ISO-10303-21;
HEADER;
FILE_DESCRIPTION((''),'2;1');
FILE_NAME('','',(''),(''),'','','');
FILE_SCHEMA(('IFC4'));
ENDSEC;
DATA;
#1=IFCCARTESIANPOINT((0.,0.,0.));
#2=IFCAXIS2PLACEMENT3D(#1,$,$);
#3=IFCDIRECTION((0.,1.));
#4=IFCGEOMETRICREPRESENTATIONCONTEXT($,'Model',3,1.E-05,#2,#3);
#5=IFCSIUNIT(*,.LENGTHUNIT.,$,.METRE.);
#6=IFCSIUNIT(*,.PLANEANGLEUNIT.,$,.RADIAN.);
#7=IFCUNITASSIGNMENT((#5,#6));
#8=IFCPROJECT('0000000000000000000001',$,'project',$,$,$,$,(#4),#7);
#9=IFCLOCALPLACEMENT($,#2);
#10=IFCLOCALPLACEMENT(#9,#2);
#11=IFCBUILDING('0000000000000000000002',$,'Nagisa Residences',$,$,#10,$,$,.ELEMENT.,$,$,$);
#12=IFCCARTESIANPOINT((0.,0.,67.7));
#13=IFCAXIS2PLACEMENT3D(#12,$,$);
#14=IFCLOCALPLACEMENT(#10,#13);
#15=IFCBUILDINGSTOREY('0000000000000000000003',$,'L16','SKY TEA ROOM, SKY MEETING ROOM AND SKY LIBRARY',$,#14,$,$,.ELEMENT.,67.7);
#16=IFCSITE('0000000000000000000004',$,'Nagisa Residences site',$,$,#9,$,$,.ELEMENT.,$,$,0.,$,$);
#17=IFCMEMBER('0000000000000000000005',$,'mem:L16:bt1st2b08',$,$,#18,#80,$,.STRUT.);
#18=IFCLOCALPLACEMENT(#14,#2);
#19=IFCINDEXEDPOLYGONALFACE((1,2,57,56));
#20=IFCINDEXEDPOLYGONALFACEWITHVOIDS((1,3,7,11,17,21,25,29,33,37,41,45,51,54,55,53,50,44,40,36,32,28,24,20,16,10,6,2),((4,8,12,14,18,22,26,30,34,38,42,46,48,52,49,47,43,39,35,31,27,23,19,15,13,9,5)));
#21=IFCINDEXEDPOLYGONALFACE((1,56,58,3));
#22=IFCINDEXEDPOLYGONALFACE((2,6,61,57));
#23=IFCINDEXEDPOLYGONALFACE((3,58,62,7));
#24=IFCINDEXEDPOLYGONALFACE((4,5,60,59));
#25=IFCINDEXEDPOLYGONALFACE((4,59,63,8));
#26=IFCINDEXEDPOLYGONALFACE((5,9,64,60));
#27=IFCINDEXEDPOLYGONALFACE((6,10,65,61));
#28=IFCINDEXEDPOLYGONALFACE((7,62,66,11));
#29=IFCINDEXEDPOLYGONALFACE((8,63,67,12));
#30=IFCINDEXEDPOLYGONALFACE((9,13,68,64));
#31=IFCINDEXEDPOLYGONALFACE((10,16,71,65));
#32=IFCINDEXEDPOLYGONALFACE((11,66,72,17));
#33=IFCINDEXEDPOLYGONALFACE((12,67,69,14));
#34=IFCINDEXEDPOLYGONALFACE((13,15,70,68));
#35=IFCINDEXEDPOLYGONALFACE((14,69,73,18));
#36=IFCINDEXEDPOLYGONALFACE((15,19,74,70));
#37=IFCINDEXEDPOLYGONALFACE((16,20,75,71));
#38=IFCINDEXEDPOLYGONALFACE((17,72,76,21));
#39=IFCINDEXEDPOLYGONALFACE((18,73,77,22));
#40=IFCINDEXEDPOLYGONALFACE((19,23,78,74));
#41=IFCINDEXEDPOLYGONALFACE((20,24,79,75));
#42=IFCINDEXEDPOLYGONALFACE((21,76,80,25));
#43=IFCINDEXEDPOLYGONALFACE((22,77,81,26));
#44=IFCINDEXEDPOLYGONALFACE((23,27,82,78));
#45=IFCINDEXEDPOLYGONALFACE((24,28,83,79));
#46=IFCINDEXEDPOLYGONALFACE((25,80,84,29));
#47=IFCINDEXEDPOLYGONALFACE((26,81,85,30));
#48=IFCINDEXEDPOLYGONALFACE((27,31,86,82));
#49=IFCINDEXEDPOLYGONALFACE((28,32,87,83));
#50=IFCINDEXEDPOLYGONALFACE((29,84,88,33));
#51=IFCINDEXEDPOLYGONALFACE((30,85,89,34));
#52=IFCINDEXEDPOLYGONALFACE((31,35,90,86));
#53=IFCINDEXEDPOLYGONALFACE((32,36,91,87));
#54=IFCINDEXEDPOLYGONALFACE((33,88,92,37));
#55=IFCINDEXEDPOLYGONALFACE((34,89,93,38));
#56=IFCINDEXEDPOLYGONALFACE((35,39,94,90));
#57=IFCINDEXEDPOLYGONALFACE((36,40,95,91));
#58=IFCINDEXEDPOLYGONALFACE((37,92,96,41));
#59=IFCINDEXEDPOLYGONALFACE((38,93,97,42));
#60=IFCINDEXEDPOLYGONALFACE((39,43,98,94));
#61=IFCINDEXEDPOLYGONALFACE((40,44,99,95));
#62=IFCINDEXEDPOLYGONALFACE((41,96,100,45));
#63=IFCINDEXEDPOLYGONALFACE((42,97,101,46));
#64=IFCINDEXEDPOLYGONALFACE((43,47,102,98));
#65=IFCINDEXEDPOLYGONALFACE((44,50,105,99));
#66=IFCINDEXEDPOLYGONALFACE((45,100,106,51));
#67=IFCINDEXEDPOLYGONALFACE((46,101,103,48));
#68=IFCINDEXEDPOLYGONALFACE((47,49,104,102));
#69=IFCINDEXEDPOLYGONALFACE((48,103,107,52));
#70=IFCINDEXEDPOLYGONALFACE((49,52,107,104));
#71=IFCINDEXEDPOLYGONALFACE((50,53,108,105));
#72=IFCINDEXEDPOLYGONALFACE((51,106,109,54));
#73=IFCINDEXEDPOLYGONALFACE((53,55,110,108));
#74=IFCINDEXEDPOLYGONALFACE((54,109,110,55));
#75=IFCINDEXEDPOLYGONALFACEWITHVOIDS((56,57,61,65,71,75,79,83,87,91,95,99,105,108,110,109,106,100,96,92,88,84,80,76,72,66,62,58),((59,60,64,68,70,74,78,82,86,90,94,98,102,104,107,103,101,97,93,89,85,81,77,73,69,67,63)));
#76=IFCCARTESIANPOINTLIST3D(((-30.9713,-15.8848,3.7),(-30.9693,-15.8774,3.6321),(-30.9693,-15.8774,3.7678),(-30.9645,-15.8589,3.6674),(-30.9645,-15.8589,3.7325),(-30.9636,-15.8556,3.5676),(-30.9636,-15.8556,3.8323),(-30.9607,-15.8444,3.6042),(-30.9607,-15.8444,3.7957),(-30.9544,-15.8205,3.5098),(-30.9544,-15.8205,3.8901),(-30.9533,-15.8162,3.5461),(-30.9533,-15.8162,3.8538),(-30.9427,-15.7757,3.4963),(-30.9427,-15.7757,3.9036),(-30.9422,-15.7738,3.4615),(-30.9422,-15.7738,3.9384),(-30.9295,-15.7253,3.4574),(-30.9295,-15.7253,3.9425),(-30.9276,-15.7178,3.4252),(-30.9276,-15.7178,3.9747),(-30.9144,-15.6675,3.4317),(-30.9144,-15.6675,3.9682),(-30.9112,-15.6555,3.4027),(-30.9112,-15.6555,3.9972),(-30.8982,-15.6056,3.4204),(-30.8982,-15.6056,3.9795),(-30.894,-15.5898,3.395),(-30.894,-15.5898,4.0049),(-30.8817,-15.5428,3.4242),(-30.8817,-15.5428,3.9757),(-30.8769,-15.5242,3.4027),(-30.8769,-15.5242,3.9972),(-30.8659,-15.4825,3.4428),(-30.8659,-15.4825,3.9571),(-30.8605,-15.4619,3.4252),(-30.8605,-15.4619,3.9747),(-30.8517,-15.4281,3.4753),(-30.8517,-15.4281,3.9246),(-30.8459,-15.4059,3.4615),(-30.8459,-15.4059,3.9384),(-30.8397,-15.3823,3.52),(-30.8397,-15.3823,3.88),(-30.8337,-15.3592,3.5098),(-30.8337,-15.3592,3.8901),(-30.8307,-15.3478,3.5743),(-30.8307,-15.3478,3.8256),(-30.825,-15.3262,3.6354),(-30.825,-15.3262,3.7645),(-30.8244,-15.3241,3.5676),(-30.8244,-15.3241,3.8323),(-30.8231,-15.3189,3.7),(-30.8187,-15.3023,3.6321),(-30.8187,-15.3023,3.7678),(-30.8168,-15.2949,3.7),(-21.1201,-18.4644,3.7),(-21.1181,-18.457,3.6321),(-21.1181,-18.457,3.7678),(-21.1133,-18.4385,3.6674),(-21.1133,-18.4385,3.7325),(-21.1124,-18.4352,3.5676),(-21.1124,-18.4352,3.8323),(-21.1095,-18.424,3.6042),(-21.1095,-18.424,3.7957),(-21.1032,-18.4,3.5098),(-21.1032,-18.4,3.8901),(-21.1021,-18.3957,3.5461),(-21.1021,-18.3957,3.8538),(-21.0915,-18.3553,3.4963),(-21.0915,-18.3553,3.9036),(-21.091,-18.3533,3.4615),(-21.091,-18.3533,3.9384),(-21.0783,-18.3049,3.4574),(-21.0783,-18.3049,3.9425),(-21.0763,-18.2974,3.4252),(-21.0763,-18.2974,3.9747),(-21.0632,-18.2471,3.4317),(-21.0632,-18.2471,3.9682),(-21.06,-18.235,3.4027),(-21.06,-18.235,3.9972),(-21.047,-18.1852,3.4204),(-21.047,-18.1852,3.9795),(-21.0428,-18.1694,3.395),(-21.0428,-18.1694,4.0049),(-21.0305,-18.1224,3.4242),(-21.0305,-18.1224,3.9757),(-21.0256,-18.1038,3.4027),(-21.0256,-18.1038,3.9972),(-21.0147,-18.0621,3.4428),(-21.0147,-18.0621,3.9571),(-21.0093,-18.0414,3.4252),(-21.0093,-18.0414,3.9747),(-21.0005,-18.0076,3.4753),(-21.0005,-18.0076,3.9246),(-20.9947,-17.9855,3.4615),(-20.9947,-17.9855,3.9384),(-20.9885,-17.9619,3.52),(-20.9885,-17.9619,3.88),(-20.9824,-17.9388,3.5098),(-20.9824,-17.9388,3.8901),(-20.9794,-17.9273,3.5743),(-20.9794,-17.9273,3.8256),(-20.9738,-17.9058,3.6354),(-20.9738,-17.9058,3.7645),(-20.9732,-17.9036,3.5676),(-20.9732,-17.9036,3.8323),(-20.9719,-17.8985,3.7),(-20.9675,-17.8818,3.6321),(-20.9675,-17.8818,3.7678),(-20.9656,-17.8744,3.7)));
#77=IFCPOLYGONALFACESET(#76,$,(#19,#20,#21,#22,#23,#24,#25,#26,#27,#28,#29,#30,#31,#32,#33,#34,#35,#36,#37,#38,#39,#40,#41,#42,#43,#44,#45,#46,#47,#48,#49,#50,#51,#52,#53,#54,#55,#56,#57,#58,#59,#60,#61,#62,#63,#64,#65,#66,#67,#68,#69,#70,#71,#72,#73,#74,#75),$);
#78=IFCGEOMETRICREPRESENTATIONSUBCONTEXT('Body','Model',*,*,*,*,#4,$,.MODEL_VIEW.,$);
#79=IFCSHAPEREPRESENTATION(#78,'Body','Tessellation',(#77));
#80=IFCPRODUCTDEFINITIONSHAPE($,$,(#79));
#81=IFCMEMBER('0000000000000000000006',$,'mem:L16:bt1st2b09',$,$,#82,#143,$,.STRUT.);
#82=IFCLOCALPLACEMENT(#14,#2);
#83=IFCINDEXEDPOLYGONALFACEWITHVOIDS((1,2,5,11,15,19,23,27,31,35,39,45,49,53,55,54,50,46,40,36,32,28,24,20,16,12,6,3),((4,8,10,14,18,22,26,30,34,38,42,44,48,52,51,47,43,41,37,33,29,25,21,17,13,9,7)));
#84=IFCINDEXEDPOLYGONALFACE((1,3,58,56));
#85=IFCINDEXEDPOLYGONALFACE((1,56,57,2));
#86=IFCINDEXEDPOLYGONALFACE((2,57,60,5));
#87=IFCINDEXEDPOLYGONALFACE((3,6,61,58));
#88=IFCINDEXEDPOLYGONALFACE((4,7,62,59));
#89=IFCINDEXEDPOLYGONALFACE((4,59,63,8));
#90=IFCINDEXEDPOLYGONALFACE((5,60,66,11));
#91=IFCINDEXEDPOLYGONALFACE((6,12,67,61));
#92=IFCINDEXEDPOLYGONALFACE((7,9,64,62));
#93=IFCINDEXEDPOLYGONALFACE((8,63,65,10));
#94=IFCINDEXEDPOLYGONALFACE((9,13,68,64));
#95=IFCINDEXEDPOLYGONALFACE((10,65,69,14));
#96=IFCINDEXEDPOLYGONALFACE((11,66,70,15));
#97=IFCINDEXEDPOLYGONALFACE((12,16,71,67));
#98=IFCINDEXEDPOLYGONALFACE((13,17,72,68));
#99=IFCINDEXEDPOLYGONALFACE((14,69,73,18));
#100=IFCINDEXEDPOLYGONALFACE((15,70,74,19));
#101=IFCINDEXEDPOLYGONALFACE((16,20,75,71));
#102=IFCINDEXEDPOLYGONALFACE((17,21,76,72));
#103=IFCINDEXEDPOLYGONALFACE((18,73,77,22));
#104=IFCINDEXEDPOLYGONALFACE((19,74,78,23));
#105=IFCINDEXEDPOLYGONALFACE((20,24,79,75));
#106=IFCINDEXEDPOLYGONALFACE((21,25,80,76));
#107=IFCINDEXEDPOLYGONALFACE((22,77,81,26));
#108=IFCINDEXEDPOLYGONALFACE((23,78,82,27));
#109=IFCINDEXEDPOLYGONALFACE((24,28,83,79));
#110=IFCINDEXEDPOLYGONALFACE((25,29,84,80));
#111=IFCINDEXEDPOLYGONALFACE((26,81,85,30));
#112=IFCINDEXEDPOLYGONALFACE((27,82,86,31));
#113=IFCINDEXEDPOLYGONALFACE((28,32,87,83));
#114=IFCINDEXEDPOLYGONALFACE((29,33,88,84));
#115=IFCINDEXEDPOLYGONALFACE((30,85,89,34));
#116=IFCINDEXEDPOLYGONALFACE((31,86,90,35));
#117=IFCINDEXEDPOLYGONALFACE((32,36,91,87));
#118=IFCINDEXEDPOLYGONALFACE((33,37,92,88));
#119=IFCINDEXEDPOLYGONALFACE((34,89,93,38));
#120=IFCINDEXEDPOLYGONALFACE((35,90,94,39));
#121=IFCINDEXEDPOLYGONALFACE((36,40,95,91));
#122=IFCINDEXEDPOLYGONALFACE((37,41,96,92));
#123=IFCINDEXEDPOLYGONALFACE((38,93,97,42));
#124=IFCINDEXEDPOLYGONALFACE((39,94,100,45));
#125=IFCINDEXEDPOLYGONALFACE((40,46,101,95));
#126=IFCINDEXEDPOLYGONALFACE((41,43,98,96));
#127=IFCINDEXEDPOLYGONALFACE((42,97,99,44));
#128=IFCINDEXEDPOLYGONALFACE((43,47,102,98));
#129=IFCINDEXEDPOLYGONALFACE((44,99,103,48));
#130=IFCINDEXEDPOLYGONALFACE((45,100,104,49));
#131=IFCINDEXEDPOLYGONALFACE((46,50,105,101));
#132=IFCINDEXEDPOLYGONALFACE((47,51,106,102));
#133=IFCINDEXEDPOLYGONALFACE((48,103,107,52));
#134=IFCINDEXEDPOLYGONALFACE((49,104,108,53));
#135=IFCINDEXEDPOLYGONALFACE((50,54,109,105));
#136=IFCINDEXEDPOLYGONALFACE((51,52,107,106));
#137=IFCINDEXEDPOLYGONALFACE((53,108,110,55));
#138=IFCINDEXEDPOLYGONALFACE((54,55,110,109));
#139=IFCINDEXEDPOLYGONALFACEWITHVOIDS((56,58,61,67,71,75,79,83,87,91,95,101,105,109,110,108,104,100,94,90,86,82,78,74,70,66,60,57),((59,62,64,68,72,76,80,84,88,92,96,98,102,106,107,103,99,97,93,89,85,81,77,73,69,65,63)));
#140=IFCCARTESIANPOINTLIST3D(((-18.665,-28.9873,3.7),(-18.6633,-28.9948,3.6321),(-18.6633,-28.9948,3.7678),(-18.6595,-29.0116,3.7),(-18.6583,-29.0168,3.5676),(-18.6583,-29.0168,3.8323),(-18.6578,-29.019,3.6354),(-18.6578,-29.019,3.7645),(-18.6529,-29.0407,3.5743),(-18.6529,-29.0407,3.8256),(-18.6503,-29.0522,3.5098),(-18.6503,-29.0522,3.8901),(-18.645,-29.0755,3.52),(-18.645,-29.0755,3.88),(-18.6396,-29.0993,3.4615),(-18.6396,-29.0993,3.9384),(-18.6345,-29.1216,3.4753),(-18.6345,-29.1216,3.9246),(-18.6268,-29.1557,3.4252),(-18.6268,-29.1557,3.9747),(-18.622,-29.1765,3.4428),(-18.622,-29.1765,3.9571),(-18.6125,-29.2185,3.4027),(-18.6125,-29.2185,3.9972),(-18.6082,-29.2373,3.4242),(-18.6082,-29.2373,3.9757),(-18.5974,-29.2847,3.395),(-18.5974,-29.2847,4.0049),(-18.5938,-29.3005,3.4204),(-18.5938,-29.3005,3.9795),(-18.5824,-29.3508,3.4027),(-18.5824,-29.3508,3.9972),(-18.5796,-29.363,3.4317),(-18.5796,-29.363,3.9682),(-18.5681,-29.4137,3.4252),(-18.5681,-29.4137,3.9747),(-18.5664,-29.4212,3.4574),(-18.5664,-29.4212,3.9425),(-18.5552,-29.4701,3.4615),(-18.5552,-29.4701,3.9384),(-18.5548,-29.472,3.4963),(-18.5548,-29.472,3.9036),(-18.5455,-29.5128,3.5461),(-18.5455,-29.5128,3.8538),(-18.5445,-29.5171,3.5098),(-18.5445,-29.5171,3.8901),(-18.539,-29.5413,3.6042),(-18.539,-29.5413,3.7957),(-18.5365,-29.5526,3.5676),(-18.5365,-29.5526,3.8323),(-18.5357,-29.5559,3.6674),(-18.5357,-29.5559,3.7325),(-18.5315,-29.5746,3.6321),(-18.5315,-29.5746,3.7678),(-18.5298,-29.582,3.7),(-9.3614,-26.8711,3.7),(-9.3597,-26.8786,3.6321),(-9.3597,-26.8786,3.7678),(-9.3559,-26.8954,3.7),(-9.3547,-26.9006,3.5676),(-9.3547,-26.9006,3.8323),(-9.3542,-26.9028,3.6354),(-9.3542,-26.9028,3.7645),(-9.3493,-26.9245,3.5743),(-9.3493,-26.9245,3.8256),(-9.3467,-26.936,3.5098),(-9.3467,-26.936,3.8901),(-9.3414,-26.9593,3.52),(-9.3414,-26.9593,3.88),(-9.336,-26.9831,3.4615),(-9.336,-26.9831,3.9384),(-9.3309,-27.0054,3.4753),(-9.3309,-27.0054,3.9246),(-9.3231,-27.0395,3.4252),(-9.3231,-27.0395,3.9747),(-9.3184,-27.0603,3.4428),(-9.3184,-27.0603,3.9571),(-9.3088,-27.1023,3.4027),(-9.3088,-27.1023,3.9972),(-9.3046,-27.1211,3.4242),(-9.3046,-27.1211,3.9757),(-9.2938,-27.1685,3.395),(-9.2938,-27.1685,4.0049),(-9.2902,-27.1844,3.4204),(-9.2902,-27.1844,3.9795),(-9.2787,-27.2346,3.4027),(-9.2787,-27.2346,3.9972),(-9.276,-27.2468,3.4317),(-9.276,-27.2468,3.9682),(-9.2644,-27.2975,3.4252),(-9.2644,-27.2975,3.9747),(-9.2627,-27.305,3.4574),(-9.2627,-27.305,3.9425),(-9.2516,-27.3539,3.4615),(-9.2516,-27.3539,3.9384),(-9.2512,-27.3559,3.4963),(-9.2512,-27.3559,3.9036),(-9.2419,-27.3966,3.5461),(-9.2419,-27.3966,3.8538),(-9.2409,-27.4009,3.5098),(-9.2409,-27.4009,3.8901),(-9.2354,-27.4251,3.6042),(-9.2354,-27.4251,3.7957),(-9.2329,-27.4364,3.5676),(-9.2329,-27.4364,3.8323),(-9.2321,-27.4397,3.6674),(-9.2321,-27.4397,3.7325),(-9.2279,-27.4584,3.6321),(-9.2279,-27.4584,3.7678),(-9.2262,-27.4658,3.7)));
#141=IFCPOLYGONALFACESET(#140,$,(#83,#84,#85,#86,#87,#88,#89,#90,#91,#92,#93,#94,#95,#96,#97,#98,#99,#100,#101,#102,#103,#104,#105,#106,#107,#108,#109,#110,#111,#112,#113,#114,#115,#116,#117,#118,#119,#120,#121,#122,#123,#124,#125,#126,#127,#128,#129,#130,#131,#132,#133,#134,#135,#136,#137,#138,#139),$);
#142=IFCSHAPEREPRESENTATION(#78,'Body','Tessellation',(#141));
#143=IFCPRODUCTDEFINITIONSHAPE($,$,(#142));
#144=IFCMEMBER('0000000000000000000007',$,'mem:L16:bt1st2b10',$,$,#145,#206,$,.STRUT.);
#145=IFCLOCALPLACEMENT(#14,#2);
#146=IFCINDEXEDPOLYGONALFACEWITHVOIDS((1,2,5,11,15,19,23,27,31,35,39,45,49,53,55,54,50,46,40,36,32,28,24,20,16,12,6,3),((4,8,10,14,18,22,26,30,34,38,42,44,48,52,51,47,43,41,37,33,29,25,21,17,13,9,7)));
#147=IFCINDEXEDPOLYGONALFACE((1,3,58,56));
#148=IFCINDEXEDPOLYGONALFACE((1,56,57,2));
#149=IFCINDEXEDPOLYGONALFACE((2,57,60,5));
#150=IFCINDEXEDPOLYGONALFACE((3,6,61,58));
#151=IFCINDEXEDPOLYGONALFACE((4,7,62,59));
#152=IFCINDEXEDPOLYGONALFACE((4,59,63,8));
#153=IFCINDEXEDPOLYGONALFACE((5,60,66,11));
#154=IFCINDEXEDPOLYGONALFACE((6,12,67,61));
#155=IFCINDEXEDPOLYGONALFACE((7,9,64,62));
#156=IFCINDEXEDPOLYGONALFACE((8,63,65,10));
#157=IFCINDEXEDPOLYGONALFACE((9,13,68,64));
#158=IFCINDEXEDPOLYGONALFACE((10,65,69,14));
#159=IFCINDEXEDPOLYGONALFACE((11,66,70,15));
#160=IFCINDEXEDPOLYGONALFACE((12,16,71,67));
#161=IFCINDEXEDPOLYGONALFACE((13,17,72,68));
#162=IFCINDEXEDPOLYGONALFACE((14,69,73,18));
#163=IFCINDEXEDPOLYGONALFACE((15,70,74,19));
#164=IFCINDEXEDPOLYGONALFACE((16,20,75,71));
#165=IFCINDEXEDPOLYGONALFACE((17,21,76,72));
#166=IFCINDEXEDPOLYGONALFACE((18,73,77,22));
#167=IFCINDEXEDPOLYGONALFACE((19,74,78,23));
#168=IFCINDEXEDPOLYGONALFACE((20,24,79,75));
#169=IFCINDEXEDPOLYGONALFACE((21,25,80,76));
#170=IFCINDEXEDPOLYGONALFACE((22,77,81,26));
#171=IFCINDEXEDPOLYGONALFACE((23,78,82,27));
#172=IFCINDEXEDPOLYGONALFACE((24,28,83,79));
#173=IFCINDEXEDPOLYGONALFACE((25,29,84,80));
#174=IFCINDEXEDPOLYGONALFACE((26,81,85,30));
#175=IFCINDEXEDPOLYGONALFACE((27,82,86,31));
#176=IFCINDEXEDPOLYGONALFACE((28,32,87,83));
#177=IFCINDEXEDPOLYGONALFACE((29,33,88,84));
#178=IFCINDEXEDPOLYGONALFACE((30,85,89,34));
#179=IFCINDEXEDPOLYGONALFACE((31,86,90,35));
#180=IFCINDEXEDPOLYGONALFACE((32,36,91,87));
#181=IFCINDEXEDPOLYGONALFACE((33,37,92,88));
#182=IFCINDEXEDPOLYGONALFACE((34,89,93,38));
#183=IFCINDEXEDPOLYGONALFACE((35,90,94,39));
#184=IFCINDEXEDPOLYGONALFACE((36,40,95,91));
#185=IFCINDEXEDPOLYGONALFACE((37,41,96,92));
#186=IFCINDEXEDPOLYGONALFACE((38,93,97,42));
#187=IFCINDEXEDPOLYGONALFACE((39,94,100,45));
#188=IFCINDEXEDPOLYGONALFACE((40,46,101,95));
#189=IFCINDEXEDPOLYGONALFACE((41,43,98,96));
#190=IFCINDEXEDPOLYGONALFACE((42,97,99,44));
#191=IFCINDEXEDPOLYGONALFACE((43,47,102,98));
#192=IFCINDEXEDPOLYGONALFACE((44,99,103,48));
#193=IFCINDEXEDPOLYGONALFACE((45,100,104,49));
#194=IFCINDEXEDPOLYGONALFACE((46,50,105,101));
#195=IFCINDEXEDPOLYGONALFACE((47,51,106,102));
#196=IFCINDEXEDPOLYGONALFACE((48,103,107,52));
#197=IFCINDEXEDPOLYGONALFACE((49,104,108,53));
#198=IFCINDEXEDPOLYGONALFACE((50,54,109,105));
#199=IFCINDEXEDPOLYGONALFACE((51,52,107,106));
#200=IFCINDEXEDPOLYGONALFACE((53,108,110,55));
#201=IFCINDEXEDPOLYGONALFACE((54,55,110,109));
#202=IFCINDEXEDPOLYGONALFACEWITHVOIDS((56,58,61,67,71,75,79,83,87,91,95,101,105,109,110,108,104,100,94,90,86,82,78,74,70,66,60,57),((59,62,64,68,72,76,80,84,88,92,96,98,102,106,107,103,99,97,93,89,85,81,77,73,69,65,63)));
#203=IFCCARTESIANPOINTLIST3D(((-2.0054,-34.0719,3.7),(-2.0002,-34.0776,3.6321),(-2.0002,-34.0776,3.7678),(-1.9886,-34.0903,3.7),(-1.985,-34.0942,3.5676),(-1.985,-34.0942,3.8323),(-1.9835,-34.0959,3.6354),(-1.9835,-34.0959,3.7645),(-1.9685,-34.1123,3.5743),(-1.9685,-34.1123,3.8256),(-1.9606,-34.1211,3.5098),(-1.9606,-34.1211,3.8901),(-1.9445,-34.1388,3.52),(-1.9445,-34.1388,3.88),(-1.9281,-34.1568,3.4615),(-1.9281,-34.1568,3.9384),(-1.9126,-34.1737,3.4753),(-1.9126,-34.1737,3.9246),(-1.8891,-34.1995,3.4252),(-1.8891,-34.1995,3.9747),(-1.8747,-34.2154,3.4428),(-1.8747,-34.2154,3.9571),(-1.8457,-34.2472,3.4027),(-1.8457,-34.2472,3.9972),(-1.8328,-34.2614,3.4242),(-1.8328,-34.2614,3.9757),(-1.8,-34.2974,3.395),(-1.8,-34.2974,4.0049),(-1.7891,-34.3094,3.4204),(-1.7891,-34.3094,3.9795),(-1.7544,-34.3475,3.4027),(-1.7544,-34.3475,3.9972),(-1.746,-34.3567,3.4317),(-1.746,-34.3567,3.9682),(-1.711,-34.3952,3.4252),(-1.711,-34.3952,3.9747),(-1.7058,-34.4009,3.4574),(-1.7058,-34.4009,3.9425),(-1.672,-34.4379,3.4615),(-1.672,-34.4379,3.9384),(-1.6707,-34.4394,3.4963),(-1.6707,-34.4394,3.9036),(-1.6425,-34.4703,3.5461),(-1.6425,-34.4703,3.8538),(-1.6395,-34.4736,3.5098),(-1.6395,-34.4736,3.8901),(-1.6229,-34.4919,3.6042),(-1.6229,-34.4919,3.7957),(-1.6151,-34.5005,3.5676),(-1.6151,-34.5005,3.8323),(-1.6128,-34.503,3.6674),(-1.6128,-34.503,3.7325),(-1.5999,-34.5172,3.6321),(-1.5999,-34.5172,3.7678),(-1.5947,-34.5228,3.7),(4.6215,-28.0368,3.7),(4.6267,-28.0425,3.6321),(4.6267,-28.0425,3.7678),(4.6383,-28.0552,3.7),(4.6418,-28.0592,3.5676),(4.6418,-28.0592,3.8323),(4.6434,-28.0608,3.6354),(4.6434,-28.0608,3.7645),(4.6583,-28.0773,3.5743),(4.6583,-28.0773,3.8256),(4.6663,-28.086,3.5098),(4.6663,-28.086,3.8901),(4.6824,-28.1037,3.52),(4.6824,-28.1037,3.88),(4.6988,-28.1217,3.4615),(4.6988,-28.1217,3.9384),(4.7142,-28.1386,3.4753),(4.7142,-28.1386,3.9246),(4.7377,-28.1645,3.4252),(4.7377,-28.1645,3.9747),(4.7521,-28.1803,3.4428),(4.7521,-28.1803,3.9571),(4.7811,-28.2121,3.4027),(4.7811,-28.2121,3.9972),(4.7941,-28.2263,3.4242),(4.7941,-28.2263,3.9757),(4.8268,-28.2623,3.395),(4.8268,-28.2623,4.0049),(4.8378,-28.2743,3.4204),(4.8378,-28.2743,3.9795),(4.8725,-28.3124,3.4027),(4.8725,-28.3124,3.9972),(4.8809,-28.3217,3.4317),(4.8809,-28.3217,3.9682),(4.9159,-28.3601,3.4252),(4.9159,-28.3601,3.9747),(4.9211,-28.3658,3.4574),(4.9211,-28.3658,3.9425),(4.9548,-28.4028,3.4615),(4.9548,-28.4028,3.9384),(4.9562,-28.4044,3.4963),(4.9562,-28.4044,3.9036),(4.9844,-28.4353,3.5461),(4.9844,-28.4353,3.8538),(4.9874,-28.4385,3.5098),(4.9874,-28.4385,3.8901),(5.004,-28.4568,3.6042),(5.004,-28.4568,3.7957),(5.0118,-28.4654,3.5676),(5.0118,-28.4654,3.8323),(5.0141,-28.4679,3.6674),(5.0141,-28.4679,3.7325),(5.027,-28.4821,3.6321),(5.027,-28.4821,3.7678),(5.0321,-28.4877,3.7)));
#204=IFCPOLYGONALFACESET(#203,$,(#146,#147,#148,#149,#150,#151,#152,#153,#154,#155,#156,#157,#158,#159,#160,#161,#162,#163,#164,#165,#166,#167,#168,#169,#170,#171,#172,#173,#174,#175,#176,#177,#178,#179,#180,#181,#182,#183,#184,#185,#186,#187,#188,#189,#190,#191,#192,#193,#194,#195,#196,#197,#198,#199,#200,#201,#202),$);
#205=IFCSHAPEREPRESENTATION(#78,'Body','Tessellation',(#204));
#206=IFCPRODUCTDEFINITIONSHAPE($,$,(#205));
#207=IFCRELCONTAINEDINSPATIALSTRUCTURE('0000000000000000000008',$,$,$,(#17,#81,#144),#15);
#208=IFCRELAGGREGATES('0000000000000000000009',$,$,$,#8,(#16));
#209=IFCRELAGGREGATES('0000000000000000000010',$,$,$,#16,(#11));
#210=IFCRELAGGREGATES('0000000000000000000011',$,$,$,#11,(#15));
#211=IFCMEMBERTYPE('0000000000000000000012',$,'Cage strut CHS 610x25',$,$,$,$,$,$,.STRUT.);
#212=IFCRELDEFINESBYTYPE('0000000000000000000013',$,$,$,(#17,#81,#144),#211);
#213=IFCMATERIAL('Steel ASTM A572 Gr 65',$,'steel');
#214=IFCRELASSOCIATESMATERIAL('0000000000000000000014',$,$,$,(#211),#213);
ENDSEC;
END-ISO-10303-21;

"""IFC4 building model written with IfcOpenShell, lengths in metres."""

from ifc_helpers import new_model, si_unit, direction, frame, origin, origin_2d, place, context, subcontext, project, spatial, hollow_circle, extrude, material, material_profile, profile_set, type_object, element, save


model = new_model("IFC4")

# Units and contexts
model_context = context("Model", 3, precision=1e-05, world=origin(), true_north=direction((0.0, 1.0)))
body_context = subcontext(model_context, "Body", "Model", "MODEL_VIEW")
ifc_project = project(units=[si_unit("LENGTHUNIT", "METRE"), si_unit("PLANEANGLEUNIT", "RADIAN")], contexts=[model_context])

# Site, building, storey
site_placement = place(None, origin())
site = spatial("IfcSite", under=ifc_project, at=site_placement, Name="Nagisa Residences site", CompositionType="ELEMENT", RefElevation=0.0)
building_placement = place(site_placement, origin())
building = spatial("IfcBuilding", under=site, at=building_placement, Name="Nagisa Residences", CompositionType="ELEMENT")
storey_placement = place(building_placement, frame((0.0, 0.0, 67.7)))
storey = spatial("IfcBuildingStorey", under=building, at=storey_placement, Name="L16", Description="SKY TEA ROOM, SKY MEETING ROOM AND SKY LIBRARY", CompositionType="ELEMENT", Elevation=67.7)

# Members
ifc_material_1 = material(Name="Steel ASTM A572 Gr 65", Category="steel")
ifc_material_profile_1 = material_profile(ifc_material_1, hollow_circle(Radius=0.3049, WallThickness=0.0249, at=origin_2d()), Name="CHS 610x25")
ifc_profile_set_1 = profile_set([ifc_material_profile_1], Name="Steel ASTM A572 Gr 65")
member_type_1 = type_object("IfcMemberType", Name="Cage strut CHS 610x25", PredefinedType="STRUT", material=ifc_profile_set_1)
member_1_placement = place(storey_placement, frame((-30.894, -15.5898, 3.7), z_axis=(0.967385, -0.253312, 0.0), x_axis=(0.253312, 0.967385, 0.0)))
element("IfcMember", 1, at=member_1_placement, inside=storey, type_object=member_type_1, Name="mem:L16:bt1st2b08", PredefinedType="STRUT", context=body_context, shape_type="SweptSolid", body=[
    extrude(hollow_circle(Radius=0.3049, WallThickness=0.0249, at=origin_2d()), origin(), (0.0, 0.0, 1.0), 10.1833),
])
member_2_placement = place(storey_placement, frame((-18.5974, -29.2847, 3.7), z_axis=(0.975094, 0.221794, 0.0), x_axis=(-0.221794, 0.975094, 0.0)))
element("IfcMember", 2, at=member_2_placement, inside=storey, type_object=member_type_1, Name="mem:L16:bt1st2b09", PredefinedType="STRUT", context=body_context, shape_type="SweptSolid", body=[
    extrude(hollow_circle(Radius=0.3049, WallThickness=0.0249, at=origin_2d()), origin(), (0.0, 0.0, 1.0), 9.5413),
])
member_3_placement = place(storey_placement, frame((-1.8, -34.2974, 3.7), z_axis=(0.739348, 0.673323, 0.0), x_axis=(-0.673323, 0.739348, 0.0)))
element("IfcMember", 3, at=member_3_placement, inside=storey, type_object=member_type_1, Name="mem:L16:bt1st2b10", PredefinedType="STRUT", context=body_context, shape_type="SweptSolid", body=[
    extrude(hollow_circle(Radius=0.3049, WallThickness=0.0249, at=origin_2d()), origin(), (0.0, 0.0, 1.0), 8.9631),
])

save(model, "model.ifc")
